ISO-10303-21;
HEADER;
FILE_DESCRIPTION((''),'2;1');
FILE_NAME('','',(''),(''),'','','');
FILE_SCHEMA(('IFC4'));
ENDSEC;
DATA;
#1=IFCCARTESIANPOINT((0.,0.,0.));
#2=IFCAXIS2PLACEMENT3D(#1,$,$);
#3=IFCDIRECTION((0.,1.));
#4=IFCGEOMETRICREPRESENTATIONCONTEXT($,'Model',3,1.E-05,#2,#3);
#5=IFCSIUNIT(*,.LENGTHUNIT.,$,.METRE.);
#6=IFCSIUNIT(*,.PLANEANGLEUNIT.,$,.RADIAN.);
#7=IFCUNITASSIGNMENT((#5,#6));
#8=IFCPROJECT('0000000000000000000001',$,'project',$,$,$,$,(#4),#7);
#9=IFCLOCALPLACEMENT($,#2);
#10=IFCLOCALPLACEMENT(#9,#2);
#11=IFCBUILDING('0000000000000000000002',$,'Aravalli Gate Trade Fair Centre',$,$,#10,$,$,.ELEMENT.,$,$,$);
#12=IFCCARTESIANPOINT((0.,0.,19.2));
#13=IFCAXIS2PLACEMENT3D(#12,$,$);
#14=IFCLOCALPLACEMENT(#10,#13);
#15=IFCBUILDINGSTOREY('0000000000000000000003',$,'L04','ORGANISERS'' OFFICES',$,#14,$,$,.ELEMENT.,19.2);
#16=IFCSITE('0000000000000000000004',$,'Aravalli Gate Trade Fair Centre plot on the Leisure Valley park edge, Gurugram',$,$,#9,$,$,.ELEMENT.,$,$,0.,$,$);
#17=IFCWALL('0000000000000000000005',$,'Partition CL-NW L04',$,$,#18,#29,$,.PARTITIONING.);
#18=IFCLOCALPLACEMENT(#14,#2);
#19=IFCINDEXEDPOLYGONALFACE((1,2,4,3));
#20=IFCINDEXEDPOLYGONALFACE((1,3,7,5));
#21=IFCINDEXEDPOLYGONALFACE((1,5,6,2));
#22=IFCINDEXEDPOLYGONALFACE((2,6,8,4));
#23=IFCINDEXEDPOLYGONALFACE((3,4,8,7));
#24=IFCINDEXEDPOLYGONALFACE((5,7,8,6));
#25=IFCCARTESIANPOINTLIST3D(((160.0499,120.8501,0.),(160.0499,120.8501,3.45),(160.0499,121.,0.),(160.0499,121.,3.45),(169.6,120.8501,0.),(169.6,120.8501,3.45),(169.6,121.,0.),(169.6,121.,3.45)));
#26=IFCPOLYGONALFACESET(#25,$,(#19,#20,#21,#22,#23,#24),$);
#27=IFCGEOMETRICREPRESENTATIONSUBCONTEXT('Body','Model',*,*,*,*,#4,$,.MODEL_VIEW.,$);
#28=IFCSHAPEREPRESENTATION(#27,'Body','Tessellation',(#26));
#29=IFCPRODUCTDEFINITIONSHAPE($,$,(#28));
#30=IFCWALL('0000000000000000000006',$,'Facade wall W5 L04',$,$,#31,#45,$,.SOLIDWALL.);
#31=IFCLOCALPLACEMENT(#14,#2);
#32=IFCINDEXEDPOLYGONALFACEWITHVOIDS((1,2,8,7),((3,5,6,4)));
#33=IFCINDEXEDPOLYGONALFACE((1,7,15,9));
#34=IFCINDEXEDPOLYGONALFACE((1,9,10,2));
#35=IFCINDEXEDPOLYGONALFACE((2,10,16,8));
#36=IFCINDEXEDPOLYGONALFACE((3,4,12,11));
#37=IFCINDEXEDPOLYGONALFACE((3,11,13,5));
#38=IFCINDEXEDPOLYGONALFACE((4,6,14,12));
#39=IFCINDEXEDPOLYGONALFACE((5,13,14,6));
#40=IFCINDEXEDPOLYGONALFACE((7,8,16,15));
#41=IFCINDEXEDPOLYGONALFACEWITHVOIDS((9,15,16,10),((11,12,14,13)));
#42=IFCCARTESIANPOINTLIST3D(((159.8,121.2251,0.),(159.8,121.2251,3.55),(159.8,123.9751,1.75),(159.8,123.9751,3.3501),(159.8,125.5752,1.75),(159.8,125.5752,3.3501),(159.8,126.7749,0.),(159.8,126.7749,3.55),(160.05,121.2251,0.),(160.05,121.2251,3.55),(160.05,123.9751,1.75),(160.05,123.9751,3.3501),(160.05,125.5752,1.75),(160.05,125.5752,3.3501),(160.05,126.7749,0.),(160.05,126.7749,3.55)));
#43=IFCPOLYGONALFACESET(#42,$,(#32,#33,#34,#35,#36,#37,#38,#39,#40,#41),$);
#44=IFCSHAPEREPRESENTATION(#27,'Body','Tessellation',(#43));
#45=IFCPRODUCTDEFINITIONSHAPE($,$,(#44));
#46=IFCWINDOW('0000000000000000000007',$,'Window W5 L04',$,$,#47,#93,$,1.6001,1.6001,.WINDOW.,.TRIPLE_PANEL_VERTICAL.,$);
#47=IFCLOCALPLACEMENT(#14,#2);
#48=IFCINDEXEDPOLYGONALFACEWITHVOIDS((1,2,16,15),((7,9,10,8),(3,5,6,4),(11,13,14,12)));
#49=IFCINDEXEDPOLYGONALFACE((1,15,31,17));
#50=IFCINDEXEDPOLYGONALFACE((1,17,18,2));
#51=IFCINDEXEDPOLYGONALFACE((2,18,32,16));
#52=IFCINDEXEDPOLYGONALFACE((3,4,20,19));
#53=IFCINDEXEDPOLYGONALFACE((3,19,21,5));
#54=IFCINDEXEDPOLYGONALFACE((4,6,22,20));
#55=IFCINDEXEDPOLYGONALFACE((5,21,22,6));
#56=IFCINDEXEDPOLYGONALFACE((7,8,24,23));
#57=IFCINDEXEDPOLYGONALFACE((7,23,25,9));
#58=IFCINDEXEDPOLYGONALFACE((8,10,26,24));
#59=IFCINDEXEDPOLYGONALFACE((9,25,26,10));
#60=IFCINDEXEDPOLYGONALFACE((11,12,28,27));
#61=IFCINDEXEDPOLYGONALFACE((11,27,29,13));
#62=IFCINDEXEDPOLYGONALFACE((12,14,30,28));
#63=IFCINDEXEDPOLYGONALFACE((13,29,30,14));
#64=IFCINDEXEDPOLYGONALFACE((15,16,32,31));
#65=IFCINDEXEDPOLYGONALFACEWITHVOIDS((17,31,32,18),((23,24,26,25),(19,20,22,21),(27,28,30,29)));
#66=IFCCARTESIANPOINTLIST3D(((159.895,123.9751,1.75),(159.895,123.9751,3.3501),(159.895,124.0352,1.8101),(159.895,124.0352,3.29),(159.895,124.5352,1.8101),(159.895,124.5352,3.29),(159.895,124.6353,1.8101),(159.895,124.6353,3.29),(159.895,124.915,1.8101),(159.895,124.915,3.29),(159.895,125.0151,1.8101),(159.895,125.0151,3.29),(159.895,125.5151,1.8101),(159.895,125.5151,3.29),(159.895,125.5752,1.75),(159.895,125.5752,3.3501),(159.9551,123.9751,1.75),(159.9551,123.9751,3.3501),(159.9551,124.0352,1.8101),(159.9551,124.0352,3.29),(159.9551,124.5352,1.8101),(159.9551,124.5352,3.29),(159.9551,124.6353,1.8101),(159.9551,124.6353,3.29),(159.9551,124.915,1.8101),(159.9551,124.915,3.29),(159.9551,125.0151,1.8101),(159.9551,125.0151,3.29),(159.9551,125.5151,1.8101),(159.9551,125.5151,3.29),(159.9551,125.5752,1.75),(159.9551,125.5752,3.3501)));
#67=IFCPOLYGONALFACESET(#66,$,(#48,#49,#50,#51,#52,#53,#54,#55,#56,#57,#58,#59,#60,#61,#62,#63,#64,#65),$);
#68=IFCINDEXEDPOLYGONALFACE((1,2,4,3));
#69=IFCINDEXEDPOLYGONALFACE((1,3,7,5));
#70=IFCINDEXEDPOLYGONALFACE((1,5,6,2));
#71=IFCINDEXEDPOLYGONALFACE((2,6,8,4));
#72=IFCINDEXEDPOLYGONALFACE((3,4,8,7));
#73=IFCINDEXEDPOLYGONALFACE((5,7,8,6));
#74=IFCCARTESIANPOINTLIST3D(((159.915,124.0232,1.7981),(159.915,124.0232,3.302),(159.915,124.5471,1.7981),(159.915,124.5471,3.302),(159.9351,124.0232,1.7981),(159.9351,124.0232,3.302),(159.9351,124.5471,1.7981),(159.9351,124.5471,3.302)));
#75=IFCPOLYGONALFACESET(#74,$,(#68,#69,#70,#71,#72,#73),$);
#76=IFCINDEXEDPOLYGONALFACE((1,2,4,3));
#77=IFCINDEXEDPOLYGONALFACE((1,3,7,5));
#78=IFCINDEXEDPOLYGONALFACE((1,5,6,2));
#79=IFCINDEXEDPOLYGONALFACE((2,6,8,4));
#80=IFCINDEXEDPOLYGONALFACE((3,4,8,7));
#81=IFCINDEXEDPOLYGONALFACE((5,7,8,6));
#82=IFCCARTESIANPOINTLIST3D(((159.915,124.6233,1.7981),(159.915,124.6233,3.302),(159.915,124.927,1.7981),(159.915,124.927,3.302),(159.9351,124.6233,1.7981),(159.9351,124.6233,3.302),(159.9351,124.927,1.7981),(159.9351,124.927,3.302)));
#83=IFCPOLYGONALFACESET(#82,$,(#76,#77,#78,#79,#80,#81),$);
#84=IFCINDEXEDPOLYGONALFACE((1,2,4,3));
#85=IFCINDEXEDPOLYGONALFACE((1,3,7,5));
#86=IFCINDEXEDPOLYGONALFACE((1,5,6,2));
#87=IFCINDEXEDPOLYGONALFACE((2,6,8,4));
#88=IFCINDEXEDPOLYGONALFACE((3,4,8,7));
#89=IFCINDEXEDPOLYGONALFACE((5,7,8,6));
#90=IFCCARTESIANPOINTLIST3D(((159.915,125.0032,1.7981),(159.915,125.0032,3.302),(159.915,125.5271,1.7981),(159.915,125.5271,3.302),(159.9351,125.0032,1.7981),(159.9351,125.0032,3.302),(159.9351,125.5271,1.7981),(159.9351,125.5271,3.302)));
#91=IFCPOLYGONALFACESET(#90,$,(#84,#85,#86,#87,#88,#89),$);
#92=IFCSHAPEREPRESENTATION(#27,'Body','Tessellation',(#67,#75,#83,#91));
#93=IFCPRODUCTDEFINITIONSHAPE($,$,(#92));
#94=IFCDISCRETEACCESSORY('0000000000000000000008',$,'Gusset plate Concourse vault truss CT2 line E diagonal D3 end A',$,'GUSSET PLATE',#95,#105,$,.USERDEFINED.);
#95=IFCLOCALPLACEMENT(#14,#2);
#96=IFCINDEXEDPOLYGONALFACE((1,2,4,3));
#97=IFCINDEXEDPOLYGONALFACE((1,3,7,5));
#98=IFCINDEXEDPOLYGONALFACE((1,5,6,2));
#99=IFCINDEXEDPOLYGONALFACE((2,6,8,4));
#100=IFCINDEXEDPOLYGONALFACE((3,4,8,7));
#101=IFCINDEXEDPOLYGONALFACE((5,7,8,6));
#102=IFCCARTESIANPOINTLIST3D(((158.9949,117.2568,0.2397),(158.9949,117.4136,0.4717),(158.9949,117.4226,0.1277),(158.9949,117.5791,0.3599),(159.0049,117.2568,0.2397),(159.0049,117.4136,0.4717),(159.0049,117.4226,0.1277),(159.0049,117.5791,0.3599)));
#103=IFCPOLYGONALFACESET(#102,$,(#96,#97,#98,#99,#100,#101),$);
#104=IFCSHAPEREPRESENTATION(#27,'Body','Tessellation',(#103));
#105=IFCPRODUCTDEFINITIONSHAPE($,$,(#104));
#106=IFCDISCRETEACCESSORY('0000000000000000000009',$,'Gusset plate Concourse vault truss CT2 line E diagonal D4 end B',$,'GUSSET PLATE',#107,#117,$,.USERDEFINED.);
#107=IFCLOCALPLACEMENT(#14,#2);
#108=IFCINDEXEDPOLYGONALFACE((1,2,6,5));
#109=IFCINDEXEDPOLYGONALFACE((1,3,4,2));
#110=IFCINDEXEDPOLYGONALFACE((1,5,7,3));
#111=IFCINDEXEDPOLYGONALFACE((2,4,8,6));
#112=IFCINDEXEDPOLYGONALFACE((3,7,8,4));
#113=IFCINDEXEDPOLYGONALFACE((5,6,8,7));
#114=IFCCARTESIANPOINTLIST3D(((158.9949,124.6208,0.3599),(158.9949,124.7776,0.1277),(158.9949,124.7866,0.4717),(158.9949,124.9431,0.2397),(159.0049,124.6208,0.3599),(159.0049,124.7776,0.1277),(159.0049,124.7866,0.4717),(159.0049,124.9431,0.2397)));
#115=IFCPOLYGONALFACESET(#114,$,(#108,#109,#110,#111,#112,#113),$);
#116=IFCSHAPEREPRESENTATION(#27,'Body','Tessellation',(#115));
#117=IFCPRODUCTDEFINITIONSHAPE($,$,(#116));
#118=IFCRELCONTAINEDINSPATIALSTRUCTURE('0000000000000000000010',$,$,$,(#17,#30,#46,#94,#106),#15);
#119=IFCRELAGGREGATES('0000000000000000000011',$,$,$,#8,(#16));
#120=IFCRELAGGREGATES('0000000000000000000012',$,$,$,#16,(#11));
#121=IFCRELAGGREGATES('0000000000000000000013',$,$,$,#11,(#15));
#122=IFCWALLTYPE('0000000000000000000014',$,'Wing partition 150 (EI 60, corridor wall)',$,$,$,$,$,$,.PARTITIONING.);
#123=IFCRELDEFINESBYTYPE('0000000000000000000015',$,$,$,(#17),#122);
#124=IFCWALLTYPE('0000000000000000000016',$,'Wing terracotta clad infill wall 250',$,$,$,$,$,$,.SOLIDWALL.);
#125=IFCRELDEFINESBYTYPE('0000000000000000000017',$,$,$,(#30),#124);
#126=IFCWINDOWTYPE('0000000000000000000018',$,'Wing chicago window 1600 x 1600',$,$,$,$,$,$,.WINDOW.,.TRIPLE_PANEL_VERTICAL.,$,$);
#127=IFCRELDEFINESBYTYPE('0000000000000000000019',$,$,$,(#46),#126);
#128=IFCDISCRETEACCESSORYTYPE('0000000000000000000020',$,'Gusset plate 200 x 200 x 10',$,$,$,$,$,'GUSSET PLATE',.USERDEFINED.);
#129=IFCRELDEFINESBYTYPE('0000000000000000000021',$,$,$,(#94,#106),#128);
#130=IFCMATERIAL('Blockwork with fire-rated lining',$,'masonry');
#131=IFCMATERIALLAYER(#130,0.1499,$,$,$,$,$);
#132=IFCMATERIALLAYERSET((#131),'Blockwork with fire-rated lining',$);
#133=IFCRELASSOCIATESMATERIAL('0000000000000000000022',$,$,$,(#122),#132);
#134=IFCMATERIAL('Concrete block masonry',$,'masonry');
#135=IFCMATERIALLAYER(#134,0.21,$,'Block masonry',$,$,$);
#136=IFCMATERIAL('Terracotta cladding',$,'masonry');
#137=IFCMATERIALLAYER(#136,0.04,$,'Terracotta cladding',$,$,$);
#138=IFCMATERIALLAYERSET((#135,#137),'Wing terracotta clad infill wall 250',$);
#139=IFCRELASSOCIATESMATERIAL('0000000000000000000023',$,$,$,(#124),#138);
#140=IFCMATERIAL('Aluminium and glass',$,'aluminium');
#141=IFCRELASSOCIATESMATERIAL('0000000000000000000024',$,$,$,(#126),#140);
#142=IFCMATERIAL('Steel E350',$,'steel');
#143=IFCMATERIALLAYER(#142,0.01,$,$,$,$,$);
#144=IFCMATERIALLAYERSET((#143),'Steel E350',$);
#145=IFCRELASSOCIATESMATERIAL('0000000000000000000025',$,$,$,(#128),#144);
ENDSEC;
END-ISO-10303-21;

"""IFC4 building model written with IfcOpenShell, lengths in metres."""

from ifc_helpers import new_model, si_unit, direction, frame, frame_2d, origin, place, context, subcontext, project, spatial, polyline, rectangle, outline, extrude, material, layer, layer_set, type_object, element, fill, save


model = new_model("IFC4")

# Units and contexts
model_context = context("Model", 3, precision=1e-05, world=origin(), true_north=direction((0.0, 1.0)))
body_context = subcontext(model_context, "Body", "Model", "MODEL_VIEW")
ifc_project = project(units=[si_unit("LENGTHUNIT", "METRE"), si_unit("PLANEANGLEUNIT", "RADIAN")], contexts=[model_context])

# Site, building, storey
site_placement = place(None, origin())
site = spatial("IfcSite", under=ifc_project, at=site_placement, Name="Aravalli Gate Trade Fair Centre plot on the Leisure Valley park edge, Gurugram", CompositionType="ELEMENT", RefElevation=0.0)
building_placement = place(site_placement, origin())
building = spatial("IfcBuilding", under=site, at=building_placement, Name="Aravalli Gate Trade Fair Centre", CompositionType="ELEMENT")
storey_placement = place(building_placement, frame((0.0, 0.0, 19.2)))
storey = spatial("IfcBuildingStorey", under=building, at=storey_placement, Name="L04", Description="ORGANISERS' OFFICES", CompositionType="ELEMENT", Elevation=19.2)

# Shared definitions
ifc_material_1 = material(Name="Steel E350", Category="steel")

# Shared definitions
ifc_material_2 = material(Name="Aluminium and glass", Category="aluminium")

# Shared definitions
ifc_material_3 = material(Name="Blockwork with fire-rated lining", Category="masonry")
ifc_layer_1 = layer(ifc_material_3, 0.1499)
ifc_layer_set_1 = layer_set([ifc_layer_1], Name="Blockwork with fire-rated lining")
wall_type_1 = type_object("IfcWallType", Name="Wing partition 150 (EI 60, corridor wall)", PredefinedType="PARTITIONING", material=ifc_layer_set_1)

# Wall
wall_1_placement = place(storey_placement, frame((160.05, 120.925, 0.0), z_axis=(0.0, 0.0, 1.0), x_axis=(1.0, 0.0, 0.0)))
element("IfcWall", 1, at=wall_1_placement, inside=storey, type_object=wall_type_1, Name="Partition CL-NW L04", PredefinedType="PARTITIONING", context=body_context, shape_type="SweptSolid", body=[
    extrude(rectangle(XDim=9.55, YDim=0.1499, at=frame_2d((4.7749, 0.0))), origin(), (0.0, 0.0, 1.0), 3.45),
])

# Wall, opening, window
ifc_material_4 = material(Name="Concrete block masonry", Category="masonry")
ifc_layer_2 = layer(ifc_material_4, 0.21, Name="Block masonry")
ifc_material_5 = material(Name="Terracotta cladding", Category="masonry")
ifc_layer_3 = layer(ifc_material_5, 0.04, Name="Terracotta cladding")
ifc_layer_set_2 = layer_set([ifc_layer_2, ifc_layer_3], Name="Wing terracotta clad infill wall 250")
wall_type_2 = type_object("IfcWallType", Name="Wing terracotta clad infill wall 250", PredefinedType="SOLIDWALL", material=ifc_layer_set_2)
wall_2_placement = place(storey_placement, frame((159.925, 121.2251, 0.0), z_axis=(0.0, 0.0, 1.0), x_axis=(0.0, 1.0, 0.0)))
wall_2 = element("IfcWall", 2, at=wall_2_placement, inside=storey, type_object=wall_type_2, Name="Facade wall W5 L04", PredefinedType="SOLIDWALL", context=body_context, shape_type="SweptSolid", body=[
    extrude(rectangle(XDim=5.5498, YDim=0.25, at=frame_2d((2.7749, 0.0))), origin(), (0.0, 0.0, 1.0), 3.55),
])
opening_1_placement = place(wall_2_placement, frame((2.75, 0.0, 1.75)))
opening_1 = element("IfcOpeningElement", 3, at=opening_1_placement, cuts=wall_2, PredefinedType="OPENING", context=body_context, shape_type="SweptSolid", body=[
    extrude(rectangle(XDim=1.6001, YDim=1.6001, at=frame_2d((0.8, 0.8))), frame((0.0, 0.135, 0.0), z_axis=(0.0, -1.0, 0.0), x_axis=(1.0, 0.0, 0.0)), (0.0, 0.0, 1.0), 0.27),
])
window_type = type_object("IfcWindowType", Name="Wing chicago window 1600 x 1600", PartitioningType="TRIPLE_PANEL_VERTICAL", PredefinedType="WINDOW", material=ifc_material_2)
window_placement = place(opening_1_placement, origin())
window = element("IfcWindow", 4, at=window_placement, inside=storey, type_object=window_type, Name="Window W5 L04", OverallHeight=1.6001, OverallWidth=1.6001, PartitioningType="TRIPLE_PANEL_VERTICAL", PredefinedType="WINDOW", context=body_context, shape_type="SweptSolid", body=[
    extrude(outline(polyline([(0.0, 0.0), (1.6001, 0.0), (1.6001, 1.6001), (0.0, 1.6001), (0.0, 0.0)]), holes=[polyline([(0.0601, 0.0601), (0.5601, 0.0601), (0.5601, 1.54), (0.0601, 1.54), (0.0601, 0.0601)]), polyline([(0.6602, 0.0601), (0.9399, 0.0601), (0.9399, 1.54), (0.6602, 1.54), (0.6602, 0.0601)]), polyline([(1.04, 0.0601), (1.54, 0.0601), (1.54, 1.54), (1.04, 1.54), (1.04, 0.0601)])]), frame((0.0, 0.03, 0.0), z_axis=(0.0, -1.0, 0.0), x_axis=(1.0, 0.0, 0.0)), (0.0, 0.0, 1.0), 0.0601),
    extrude(rectangle(XDim=0.5239, YDim=1.5039, at=frame_2d((0.3101, 0.8))), frame((0.0, 0.01, 0.0), z_axis=(0.0, -1.0, 0.0), x_axis=(1.0, 0.0, 0.0)), (0.0, 0.0, 1.0), 0.02),
    extrude(rectangle(XDim=0.3037, YDim=1.5039, at=frame_2d((0.8, 0.8))), frame((0.0, 0.01, 0.0), z_axis=(0.0, -1.0, 0.0), x_axis=(1.0, 0.0, 0.0)), (0.0, 0.0, 1.0), 0.02),
    extrude(rectangle(XDim=0.5239, YDim=1.5039, at=frame_2d((1.29, 0.8))), frame((0.0, 0.01, 0.0), z_axis=(0.0, -1.0, 0.0), x_axis=(1.0, 0.0, 0.0)), (0.0, 0.0, 1.0), 0.02),
])
fill(opening_1, window)

# Discrete accessories
ifc_layer_4 = layer(ifc_material_1, 0.01)
ifc_layer_set_3 = layer_set([ifc_layer_4], Name="Steel E350")
discrete_accessory_type = type_object("IfcDiscreteAccessoryType", Name="Gusset plate 200 x 200 x 10", ElementType="GUSSET PLATE", PredefinedType="USERDEFINED", material=ifc_layer_set_3)
discrete_accessory_1_placement = place(storey_placement, frame((159.0049, 117.4136, 0.4717), z_axis=(1.0, 0.0, 0.0), x_axis=(0.0, -0.559922, -0.828545)))
element("IfcDiscreteAccessory", 5, at=discrete_accessory_1_placement, inside=storey, type_object=discrete_accessory_type, Name="Gusset plate Concourse vault truss CT2 line E diagonal D3 end A", ObjectType="GUSSET PLATE", PredefinedType="USERDEFINED", context=body_context, shape_type="SweptSolid", body=[
    extrude(outline(polyline([(0.0, 0.0), (0.2799, 0.0), (0.28, 0.2001), (0.0, 0.1998), (0.0, 0.0)])), origin(), (0.0, 0.0, -1.0), 0.01),
])
discrete_accessory_2_placement = place(storey_placement, frame((159.0049, 124.6208, 0.3599), z_axis=(1.0, 0.0, 0.0), x_axis=(0.0, 0.559518, -0.828818)))
element("IfcDiscreteAccessory", 6, at=discrete_accessory_2_placement, inside=storey, type_object=discrete_accessory_type, Name="Gusset plate Concourse vault truss CT2 line E diagonal D4 end B", ObjectType="GUSSET PLATE", PredefinedType="USERDEFINED", context=body_context, shape_type="SweptSolid", body=[
    extrude(outline(polyline([(0.0, 0.0), (0.2801, 0.0), (0.2799, 0.1999), (0.0001, 0.2), (0.0, 0.0)])), origin(), (0.0, 0.0, -1.0), 0.01),
])

save(model, "model.ifc")
